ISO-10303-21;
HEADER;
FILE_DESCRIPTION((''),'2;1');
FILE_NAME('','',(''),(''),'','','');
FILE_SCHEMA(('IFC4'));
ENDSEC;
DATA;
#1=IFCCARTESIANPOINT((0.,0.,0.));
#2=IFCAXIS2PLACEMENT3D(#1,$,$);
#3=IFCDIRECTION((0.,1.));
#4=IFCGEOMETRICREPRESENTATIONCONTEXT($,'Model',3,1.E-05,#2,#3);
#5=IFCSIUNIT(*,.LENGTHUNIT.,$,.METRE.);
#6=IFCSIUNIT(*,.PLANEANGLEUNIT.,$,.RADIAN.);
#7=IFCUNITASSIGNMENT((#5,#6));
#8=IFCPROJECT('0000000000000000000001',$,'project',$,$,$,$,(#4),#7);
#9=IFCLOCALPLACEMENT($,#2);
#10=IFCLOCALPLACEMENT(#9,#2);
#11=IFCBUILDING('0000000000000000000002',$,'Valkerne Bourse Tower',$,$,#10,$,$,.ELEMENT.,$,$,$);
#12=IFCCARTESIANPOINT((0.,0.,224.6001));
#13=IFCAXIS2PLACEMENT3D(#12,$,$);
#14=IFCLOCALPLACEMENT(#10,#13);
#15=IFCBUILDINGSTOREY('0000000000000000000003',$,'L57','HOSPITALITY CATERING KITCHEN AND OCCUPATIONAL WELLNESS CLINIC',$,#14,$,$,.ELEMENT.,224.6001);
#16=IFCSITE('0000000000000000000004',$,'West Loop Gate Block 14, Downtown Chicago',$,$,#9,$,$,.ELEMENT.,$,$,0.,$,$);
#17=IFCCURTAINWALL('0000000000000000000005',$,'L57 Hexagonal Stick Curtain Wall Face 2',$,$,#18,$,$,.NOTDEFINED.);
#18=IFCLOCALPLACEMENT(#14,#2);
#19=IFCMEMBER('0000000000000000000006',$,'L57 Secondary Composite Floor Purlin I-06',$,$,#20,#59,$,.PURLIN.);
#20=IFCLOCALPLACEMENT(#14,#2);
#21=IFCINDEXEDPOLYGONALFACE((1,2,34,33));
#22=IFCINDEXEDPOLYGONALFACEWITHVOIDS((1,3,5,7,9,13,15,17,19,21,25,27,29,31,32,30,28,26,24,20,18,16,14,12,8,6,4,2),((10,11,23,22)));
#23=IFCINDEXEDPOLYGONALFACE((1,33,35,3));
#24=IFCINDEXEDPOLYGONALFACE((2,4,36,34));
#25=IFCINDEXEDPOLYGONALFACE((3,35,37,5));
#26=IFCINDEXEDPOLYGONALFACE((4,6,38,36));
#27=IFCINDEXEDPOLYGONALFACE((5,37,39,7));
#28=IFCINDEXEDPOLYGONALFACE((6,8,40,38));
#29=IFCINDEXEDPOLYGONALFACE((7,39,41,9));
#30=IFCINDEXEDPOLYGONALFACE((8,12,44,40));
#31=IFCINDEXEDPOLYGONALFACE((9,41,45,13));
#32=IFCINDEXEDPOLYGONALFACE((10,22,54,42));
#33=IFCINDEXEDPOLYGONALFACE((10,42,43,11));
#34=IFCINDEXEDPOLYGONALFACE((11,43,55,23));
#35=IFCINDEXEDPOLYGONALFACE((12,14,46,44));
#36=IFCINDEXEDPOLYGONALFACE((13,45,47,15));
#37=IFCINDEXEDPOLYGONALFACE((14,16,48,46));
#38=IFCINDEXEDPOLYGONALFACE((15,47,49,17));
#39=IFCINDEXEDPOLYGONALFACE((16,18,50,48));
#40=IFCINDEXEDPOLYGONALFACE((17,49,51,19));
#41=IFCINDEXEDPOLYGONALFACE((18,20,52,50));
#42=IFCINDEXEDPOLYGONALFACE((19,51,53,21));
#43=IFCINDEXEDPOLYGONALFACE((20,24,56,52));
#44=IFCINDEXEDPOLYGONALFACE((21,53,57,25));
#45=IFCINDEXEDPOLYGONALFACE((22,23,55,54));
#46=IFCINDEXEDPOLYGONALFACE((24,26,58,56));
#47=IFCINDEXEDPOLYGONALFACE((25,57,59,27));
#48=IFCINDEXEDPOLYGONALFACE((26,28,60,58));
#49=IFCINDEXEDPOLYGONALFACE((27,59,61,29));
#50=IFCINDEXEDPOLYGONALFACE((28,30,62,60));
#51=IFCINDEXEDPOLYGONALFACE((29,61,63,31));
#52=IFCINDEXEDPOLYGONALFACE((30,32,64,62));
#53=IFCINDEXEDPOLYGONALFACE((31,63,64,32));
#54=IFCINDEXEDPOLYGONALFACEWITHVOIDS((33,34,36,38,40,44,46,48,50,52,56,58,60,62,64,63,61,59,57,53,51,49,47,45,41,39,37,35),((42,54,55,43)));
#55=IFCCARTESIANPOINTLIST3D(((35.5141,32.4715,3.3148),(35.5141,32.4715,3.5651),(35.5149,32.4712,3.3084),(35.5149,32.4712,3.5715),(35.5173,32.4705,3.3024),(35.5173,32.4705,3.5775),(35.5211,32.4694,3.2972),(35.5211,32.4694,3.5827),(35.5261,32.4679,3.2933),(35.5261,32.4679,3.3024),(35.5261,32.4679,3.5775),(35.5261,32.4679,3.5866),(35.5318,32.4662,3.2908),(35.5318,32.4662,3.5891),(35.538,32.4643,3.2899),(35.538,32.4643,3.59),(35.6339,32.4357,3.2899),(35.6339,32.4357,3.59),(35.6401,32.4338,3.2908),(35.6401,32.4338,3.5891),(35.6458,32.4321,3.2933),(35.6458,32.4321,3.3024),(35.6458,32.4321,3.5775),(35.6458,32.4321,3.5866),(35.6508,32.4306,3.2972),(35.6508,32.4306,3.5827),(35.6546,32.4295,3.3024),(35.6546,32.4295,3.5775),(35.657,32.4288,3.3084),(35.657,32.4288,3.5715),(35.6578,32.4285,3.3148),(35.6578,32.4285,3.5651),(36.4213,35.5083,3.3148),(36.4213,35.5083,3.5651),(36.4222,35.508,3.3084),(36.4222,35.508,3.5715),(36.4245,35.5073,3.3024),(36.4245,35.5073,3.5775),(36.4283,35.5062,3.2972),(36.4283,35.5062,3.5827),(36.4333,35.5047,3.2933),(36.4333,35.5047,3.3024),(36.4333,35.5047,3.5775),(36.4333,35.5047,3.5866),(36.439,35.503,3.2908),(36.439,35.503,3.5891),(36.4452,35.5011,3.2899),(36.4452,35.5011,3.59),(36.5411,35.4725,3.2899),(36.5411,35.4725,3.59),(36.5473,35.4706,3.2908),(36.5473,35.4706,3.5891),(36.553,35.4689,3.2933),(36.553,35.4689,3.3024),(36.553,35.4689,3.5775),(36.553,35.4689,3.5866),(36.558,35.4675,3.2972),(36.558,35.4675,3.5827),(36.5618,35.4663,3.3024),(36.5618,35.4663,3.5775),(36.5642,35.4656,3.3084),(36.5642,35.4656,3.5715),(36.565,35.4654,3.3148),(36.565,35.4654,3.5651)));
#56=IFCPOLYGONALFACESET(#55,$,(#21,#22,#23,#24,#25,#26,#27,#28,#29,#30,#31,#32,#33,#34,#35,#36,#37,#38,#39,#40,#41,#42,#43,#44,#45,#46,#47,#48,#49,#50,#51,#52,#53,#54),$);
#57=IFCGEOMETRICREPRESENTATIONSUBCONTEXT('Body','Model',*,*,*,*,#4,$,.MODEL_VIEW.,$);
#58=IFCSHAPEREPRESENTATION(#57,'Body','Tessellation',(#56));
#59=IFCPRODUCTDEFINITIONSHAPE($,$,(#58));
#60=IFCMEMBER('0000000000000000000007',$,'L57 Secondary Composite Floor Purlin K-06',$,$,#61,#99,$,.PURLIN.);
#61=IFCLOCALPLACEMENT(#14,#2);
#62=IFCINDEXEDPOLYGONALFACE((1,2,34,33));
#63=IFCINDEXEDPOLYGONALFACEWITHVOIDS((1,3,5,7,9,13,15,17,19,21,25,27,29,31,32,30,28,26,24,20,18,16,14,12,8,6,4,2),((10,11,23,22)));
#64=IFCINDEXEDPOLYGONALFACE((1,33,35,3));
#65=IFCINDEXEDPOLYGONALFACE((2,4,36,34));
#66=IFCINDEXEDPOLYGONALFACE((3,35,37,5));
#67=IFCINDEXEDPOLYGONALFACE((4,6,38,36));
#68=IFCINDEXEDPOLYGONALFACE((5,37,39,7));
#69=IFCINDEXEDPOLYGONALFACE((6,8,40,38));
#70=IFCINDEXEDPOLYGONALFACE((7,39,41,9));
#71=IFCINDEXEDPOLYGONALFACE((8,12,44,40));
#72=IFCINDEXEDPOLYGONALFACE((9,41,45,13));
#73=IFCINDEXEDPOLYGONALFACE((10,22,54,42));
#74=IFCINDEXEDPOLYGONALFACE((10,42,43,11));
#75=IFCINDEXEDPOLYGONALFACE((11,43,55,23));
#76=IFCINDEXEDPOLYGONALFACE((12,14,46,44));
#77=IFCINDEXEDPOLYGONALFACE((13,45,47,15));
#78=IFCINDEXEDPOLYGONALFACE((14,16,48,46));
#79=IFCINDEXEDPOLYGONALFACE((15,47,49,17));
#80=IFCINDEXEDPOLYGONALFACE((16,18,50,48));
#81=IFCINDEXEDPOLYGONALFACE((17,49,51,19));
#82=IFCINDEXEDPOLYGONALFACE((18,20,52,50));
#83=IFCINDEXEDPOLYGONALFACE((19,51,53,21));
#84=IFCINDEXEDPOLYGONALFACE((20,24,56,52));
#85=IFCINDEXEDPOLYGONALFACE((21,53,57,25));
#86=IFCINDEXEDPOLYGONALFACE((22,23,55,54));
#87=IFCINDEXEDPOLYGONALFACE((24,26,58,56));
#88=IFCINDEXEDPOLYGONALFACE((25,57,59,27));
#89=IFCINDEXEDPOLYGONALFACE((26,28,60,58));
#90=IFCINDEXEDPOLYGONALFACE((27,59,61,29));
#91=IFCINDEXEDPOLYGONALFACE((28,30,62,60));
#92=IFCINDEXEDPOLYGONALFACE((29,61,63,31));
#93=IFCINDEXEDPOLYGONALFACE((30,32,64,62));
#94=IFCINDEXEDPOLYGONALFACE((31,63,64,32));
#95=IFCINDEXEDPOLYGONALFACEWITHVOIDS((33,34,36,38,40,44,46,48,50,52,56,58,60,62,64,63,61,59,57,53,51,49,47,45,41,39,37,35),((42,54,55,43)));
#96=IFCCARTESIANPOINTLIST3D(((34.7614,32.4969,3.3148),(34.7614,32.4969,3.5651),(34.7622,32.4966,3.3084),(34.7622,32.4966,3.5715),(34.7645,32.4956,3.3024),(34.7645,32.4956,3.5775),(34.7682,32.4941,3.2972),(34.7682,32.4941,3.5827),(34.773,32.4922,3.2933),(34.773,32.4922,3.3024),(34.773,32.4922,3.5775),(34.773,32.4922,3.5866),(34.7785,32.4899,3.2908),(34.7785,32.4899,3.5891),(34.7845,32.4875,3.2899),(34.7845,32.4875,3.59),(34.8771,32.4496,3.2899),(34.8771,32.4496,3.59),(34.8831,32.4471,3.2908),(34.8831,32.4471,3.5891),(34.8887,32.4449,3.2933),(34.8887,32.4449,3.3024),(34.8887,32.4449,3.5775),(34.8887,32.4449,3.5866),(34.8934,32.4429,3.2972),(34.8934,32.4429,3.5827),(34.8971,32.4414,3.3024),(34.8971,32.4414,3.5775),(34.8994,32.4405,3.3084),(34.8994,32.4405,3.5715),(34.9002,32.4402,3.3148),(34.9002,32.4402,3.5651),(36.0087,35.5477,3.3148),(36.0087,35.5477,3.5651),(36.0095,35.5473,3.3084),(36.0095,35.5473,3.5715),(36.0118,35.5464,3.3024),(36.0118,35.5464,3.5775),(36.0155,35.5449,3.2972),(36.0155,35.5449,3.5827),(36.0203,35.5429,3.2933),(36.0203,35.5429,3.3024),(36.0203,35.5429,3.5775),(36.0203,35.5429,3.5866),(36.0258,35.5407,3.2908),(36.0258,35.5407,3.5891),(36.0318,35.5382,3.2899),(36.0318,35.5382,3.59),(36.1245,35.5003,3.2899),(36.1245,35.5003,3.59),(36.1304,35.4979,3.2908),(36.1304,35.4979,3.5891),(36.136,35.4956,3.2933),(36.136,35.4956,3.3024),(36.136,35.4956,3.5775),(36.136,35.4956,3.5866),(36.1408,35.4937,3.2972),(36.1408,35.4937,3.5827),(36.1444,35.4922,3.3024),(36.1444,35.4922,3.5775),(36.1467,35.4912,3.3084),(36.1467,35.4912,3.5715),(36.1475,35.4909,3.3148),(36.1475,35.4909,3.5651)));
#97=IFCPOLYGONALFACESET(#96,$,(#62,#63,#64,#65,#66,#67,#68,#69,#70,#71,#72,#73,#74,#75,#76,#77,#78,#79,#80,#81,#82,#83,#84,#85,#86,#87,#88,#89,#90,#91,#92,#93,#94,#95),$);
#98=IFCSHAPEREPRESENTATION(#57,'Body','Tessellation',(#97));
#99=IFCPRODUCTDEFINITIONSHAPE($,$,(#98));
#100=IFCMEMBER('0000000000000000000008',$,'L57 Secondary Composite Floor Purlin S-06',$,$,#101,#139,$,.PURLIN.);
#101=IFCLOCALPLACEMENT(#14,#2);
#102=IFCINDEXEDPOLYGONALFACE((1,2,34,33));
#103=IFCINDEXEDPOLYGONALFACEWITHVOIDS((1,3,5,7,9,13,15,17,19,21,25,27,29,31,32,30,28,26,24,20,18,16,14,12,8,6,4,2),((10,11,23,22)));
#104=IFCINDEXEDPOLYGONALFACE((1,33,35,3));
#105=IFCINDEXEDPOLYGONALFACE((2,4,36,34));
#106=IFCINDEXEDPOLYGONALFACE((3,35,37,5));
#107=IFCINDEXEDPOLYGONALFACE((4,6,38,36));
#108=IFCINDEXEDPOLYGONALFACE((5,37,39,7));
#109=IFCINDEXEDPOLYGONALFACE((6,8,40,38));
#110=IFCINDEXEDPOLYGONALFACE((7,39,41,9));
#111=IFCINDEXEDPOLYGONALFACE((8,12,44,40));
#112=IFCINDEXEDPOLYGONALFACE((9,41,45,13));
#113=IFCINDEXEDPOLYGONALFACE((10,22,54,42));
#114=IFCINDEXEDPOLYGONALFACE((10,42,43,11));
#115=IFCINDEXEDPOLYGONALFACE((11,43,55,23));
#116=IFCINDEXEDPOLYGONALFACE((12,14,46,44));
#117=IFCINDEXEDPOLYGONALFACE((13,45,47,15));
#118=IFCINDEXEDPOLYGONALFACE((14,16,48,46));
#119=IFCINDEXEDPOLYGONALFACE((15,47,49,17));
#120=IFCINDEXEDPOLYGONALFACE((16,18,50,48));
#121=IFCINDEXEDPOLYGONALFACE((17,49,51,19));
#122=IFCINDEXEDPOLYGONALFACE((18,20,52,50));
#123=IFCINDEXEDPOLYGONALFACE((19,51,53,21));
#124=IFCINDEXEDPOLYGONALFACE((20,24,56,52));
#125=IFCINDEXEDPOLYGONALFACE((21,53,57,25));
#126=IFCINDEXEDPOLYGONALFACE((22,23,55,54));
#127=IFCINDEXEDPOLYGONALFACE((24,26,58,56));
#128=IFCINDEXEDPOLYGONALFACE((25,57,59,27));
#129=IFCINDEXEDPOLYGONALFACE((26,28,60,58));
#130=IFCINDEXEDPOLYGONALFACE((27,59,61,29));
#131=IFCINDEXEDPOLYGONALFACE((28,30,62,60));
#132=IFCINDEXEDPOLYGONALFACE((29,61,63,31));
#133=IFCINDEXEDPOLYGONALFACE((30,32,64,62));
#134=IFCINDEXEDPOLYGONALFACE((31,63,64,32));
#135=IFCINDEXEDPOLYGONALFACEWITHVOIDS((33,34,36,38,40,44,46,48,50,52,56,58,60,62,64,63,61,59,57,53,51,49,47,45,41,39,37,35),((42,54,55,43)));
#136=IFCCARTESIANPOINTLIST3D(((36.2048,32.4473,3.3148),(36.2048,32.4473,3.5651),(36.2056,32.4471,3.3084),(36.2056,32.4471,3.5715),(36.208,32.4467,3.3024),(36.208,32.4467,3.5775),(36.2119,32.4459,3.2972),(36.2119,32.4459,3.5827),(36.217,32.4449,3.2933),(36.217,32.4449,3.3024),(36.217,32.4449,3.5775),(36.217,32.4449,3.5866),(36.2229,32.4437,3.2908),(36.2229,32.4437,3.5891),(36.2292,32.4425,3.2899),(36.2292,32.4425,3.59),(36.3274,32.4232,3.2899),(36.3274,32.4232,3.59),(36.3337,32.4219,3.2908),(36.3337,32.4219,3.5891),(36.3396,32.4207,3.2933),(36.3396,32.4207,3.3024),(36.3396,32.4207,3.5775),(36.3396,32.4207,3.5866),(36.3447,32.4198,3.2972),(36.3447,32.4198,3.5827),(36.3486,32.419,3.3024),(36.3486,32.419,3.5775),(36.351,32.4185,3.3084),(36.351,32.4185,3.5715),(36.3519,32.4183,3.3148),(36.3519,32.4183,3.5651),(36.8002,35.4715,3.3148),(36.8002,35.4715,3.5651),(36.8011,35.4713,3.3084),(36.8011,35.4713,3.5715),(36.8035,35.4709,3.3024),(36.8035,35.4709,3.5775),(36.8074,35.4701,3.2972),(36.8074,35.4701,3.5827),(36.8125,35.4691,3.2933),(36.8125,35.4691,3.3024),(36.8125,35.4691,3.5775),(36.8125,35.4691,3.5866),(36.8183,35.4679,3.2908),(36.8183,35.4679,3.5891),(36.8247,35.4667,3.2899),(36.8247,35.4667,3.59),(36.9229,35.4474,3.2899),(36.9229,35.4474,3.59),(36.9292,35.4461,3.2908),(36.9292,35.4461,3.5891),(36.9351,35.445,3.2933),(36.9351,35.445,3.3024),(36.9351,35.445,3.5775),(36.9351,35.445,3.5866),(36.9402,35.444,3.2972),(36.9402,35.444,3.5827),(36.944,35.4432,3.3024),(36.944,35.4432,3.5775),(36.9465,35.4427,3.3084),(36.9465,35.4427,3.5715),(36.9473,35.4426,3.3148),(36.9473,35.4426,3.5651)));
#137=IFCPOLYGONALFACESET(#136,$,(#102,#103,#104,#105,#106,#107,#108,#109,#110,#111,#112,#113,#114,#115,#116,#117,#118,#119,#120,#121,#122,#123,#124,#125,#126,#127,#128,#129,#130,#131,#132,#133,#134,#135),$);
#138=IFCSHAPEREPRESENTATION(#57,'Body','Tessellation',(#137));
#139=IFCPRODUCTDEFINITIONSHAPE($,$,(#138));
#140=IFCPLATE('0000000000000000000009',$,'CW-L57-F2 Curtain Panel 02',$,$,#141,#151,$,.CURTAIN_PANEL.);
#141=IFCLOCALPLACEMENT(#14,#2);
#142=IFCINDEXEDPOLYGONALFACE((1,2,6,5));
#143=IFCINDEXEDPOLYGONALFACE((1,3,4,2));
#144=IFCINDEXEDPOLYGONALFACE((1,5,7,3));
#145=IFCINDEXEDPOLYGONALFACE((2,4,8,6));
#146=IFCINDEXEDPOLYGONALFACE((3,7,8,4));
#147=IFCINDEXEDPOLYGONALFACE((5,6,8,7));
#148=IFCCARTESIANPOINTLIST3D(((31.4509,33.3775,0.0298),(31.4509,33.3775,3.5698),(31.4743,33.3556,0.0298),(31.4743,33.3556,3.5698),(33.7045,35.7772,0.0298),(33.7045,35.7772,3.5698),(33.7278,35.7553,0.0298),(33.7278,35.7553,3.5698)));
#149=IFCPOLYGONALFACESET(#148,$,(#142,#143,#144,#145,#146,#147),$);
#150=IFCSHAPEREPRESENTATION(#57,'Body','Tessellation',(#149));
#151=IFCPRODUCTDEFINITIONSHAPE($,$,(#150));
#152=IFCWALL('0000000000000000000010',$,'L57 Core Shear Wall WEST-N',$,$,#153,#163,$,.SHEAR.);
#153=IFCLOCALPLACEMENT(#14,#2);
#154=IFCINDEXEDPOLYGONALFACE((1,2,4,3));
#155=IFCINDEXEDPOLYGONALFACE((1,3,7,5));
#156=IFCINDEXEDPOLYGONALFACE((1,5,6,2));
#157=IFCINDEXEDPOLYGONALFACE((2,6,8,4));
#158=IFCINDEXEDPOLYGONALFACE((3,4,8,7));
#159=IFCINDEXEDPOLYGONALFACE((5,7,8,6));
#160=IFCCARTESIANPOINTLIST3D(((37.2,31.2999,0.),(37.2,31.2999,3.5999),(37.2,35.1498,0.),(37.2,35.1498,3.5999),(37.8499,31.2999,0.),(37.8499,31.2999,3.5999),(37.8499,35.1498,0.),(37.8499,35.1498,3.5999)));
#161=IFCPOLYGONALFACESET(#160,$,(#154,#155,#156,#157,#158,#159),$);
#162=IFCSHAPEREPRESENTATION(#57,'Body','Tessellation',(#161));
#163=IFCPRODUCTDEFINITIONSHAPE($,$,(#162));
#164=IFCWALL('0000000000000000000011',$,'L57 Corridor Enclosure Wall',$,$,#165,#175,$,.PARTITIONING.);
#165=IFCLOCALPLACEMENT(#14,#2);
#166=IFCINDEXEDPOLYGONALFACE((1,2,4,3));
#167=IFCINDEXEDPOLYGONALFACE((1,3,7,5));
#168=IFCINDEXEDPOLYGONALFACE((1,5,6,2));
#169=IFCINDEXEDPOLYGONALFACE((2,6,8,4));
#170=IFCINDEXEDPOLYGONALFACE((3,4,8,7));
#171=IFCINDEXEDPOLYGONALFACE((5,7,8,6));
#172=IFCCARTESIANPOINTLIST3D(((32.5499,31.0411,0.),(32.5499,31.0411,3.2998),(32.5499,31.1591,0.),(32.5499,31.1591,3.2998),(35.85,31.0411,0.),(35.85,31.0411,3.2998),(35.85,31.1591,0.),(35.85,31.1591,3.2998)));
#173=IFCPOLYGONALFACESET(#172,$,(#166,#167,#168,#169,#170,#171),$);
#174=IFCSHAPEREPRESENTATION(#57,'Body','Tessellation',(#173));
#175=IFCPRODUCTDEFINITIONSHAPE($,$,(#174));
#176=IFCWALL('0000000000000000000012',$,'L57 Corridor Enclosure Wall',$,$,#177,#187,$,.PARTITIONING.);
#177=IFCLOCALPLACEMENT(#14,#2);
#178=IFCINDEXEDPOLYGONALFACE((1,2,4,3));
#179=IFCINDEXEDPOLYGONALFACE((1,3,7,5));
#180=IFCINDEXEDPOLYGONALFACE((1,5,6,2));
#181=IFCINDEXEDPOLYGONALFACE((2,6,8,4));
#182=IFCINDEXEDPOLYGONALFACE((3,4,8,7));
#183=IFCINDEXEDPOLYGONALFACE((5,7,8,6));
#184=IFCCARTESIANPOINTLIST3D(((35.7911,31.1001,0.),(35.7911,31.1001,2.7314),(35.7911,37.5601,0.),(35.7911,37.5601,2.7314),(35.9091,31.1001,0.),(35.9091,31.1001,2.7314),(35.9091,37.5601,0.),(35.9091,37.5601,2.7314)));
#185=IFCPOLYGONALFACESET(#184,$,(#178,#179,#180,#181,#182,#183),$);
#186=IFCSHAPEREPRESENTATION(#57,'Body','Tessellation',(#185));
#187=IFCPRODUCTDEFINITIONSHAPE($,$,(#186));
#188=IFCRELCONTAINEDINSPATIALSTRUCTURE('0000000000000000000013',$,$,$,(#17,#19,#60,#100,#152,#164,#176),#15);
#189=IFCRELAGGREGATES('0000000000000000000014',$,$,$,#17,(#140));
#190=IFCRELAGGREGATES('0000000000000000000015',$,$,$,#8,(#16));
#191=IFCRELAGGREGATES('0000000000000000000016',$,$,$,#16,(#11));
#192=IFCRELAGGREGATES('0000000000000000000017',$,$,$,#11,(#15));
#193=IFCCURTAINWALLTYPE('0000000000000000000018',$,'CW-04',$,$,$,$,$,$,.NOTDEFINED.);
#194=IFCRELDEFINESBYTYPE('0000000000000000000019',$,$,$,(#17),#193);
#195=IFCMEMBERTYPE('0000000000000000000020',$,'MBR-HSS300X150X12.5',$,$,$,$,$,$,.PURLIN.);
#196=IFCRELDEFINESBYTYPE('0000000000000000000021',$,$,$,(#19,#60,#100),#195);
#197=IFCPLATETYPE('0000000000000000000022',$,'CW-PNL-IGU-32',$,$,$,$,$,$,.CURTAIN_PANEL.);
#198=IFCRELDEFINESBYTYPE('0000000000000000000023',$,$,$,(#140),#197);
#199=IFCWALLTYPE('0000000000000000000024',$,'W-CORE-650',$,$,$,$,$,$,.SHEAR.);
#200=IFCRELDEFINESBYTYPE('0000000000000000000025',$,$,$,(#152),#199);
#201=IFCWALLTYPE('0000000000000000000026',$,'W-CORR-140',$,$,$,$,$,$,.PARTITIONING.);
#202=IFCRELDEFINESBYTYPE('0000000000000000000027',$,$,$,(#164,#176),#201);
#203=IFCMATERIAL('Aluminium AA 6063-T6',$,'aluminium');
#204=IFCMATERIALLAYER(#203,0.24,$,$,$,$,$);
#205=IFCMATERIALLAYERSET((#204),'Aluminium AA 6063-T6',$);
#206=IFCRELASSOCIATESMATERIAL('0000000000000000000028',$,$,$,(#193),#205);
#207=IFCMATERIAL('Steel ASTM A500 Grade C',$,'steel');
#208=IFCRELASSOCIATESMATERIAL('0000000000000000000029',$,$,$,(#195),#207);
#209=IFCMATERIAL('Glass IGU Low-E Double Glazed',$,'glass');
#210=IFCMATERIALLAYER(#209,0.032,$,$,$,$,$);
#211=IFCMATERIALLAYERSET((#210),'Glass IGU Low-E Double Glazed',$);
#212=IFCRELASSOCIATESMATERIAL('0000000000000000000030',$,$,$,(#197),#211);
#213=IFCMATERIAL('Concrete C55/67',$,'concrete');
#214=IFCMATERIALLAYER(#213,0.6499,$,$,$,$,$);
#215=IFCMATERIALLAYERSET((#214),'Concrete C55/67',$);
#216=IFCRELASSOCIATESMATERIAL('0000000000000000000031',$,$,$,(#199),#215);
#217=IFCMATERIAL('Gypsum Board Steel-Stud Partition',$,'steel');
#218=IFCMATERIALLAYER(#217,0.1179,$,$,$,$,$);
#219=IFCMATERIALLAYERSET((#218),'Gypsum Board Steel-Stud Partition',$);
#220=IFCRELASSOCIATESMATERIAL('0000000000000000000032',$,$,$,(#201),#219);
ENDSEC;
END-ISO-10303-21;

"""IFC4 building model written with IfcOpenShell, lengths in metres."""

from ifc_helpers import new_model, si_unit, direction, frame, frame_2d, origin, origin_2d, place, context, subcontext, project, spatial, rectangle, hollow_rectangle, extrude, material, layer, layer_set, material_profile, profile_set, type_object, element, aggregate, save


model = new_model("IFC4")

# Units and contexts
model_context = context("Model", 3, precision=1e-05, world=origin(), true_north=direction((0.0, 1.0)))
body_context = subcontext(model_context, "Body", "Model", "MODEL_VIEW")
ifc_project = project(units=[si_unit("LENGTHUNIT", "METRE"), si_unit("PLANEANGLEUNIT", "RADIAN")], contexts=[model_context])

# Site, building, storey
site_placement = place(None, origin())
site = spatial("IfcSite", under=ifc_project, at=site_placement, Name="West Loop Gate Block 14, Downtown Chicago", CompositionType="ELEMENT", RefElevation=0.0)
building_placement = place(site_placement, origin())
building = spatial("IfcBuilding", under=site, at=building_placement, Name="Valkerne Bourse Tower", CompositionType="ELEMENT")
storey_placement = place(building_placement, frame((0.0, 0.0, 224.6001)))
storey = spatial("IfcBuildingStorey", under=building, at=storey_placement, Name="L57", Description="HOSPITALITY CATERING KITCHEN AND OCCUPATIONAL WELLNESS CLINIC", CompositionType="ELEMENT", Elevation=224.6001)

# Curtain wall
ifc_material_1 = material(Name="Aluminium AA 6063-T6", Category="aluminium")
ifc_layer_1 = layer(ifc_material_1, 0.24)
ifc_layer_set_1 = layer_set([ifc_layer_1], Name="Aluminium AA 6063-T6")
curtain_wall_type = type_object("IfcCurtainWallType", Name="CW-04", PredefinedType="NOTDEFINED", material=ifc_layer_set_1)
curtain_wall_placement = place(storey_placement, origin())
curtain_wall = element("IfcCurtainWall", 1, at=curtain_wall_placement, inside=storey, type_object=curtain_wall_type, Name="L57 Hexagonal Stick Curtain Wall Face 2", PredefinedType="NOTDEFINED")

# Members
ifc_material_2 = material(Name="Steel ASTM A500 Grade C", Category="steel")
ifc_material_profile_1 = material_profile(ifc_material_2, hollow_rectangle(XDim=0.1499, YDim=0.3, WallThickness=0.0125, OuterFilletRadius=0.0249, at=origin_2d()), Name="HSS300X150X12.5")
ifc_profile_set_1 = profile_set([ifc_material_profile_1], Name="Steel ASTM A500 Grade C")
member_type_1 = type_object("IfcMemberType", Name="MBR-HSS300X150X12.5", PredefinedType="PURLIN", material=ifc_profile_set_1)
member_1_placement = place(storey_placement, frame((36.4932, 35.4868, 3.4399), z_axis=(-0.286238, -0.958158, 0.0), x_axis=(0.958158, -0.286238, 0.0)))
element("IfcMember", 2, at=member_1_placement, inside=storey, type_object=member_type_1, Name="L57 Secondary Composite Floor Purlin I-06", PredefinedType="PURLIN", context=body_context, shape_type="SweptSolid", body=[
    extrude(hollow_rectangle(XDim=0.1499, YDim=0.3, WallThickness=0.0125, OuterFilletRadius=0.0249, at=origin_2d()), origin(), (0.0, 0.0, 1.0), 3.1694),
])
member_2_placement = place(storey_placement, frame((36.0781, 35.5193, 3.4399), z_axis=(-0.378442, -0.925625, 0.0), x_axis=(0.925625, -0.378442, 0.0)))
element("IfcMember", 3, at=member_2_placement, inside=storey, type_object=member_type_1, Name="L57 Secondary Composite Floor Purlin K-06", PredefinedType="PURLIN", context=body_context, shape_type="SweptSolid", body=[
    extrude(hollow_rectangle(XDim=0.1499, YDim=0.3, WallThickness=0.0125, OuterFilletRadius=0.0249, at=origin_2d()), origin(), (0.0, 0.0, 1.0), 3.2959),
])
member_3_placement = place(storey_placement, frame((36.8738, 35.457, 3.4399), z_axis=(-0.193191, -0.981161, 0.0), x_axis=(0.981161, -0.193191, 0.0)))
element("IfcMember", 4, at=member_3_placement, inside=storey, type_object=member_type_1, Name="L57 Secondary Composite Floor Purlin S-06", PredefinedType="PURLIN", context=body_context, shape_type="SweptSolid", body=[
    extrude(hollow_rectangle(XDim=0.1499, YDim=0.3, WallThickness=0.0125, OuterFilletRadius=0.0249, at=origin_2d()), origin(), (0.0, 0.0, 1.0), 3.0823),
])

# Plate
ifc_material_3 = material(Name="Glass IGU Low-E Double Glazed", Category="glass")
ifc_layer_2 = layer(ifc_material_3, 0.032)
ifc_layer_set_2 = layer_set([ifc_layer_2], Name="Glass IGU Low-E Double Glazed")
plate_type = type_object("IfcPlateType", Name="CW-PNL-IGU-32", PredefinedType="CURTAIN_PANEL", material=ifc_layer_set_2)
plate_placement = place(storey_placement, frame((32.5894, 34.5664, 0.0298), z_axis=(0.0, 0.0, 1.0), x_axis=(-0.684547, -0.728968, 0.0)))
plate = element("IfcPlate", 5, at=plate_placement, type_object=plate_type, Name="CW-L57-F2 Curtain Panel 02", PredefinedType="CURTAIN_PANEL", context=body_context, shape_type="SweptSolid", body=[
    extrude(rectangle(XDim=3.292, YDim=0.032, at=origin_2d()), origin(), (0.0, 0.0, 1.0), 3.54),
])
aggregate(curtain_wall, [plate])

# Shared definitions
ifc_material_4 = material(Name="Concrete C55/67", Category="concrete")
ifc_layer_3 = layer(ifc_material_4, 0.6499)
ifc_layer_set_3 = layer_set([ifc_layer_3], Name="Concrete C55/67")
wall_type_1 = type_object("IfcWallType", Name="W-CORE-650", PredefinedType="SHEAR", material=ifc_layer_set_3)

# Walls
wall_1_placement = place(storey_placement, frame((37.5249, 31.3, 0.0), z_axis=(0.0, 0.0, 1.0), x_axis=(0.0, 1.0, 0.0)))
element("IfcWall", 6, at=wall_1_placement, inside=storey, type_object=wall_type_1, Name="L57 Core Shear Wall WEST-N", PredefinedType="SHEAR", context=body_context, shape_type="SweptSolid", body=[
    extrude(rectangle(XDim=3.8499, YDim=0.6499, at=frame_2d((1.9248, 0.0))), origin(), (0.0, 0.0, 1.0), 3.5999),
])
ifc_material_5 = material(Name="Gypsum Board Steel-Stud Partition", Category="steel")
ifc_layer_4 = layer(ifc_material_5, 0.1179)
ifc_layer_set_4 = layer_set([ifc_layer_4], Name="Gypsum Board Steel-Stud Partition")
wall_type_2 = type_object("IfcWallType", Name="W-CORR-140", PredefinedType="PARTITIONING", material=ifc_layer_set_4)
wall_2_placement = place(storey_placement, frame((32.55, 31.1001, 0.0), z_axis=(0.0, 0.0, 1.0), x_axis=(1.0, 0.0, 0.0)))
element("IfcWall", 7, at=wall_2_placement, inside=storey, type_object=wall_type_2, Name="L57 Corridor Enclosure Wall", PredefinedType="PARTITIONING", context=body_context, shape_type="SweptSolid", body=[
    extrude(rectangle(XDim=3.3, YDim=0.1179, at=frame_2d((1.6499, 0.0))), origin(), (0.0, 0.0, 1.0), 3.2998),
])
wall_3_placement = place(storey_placement, frame((35.8501, 31.1001, 0.0), z_axis=(0.0, 0.0, 1.0), x_axis=(0.0, 1.0, 0.0)))
element("IfcWall", 8, at=wall_3_placement, inside=storey, type_object=wall_type_2, Name="L57 Corridor Enclosure Wall", PredefinedType="PARTITIONING", context=body_context, shape_type="SweptSolid", body=[
    extrude(rectangle(XDim=6.46, YDim=0.1179, at=frame_2d((3.23, 0.0))), origin(), (0.0, 0.0, 1.0), 2.7314),
])

save(model, "model.ifc")
